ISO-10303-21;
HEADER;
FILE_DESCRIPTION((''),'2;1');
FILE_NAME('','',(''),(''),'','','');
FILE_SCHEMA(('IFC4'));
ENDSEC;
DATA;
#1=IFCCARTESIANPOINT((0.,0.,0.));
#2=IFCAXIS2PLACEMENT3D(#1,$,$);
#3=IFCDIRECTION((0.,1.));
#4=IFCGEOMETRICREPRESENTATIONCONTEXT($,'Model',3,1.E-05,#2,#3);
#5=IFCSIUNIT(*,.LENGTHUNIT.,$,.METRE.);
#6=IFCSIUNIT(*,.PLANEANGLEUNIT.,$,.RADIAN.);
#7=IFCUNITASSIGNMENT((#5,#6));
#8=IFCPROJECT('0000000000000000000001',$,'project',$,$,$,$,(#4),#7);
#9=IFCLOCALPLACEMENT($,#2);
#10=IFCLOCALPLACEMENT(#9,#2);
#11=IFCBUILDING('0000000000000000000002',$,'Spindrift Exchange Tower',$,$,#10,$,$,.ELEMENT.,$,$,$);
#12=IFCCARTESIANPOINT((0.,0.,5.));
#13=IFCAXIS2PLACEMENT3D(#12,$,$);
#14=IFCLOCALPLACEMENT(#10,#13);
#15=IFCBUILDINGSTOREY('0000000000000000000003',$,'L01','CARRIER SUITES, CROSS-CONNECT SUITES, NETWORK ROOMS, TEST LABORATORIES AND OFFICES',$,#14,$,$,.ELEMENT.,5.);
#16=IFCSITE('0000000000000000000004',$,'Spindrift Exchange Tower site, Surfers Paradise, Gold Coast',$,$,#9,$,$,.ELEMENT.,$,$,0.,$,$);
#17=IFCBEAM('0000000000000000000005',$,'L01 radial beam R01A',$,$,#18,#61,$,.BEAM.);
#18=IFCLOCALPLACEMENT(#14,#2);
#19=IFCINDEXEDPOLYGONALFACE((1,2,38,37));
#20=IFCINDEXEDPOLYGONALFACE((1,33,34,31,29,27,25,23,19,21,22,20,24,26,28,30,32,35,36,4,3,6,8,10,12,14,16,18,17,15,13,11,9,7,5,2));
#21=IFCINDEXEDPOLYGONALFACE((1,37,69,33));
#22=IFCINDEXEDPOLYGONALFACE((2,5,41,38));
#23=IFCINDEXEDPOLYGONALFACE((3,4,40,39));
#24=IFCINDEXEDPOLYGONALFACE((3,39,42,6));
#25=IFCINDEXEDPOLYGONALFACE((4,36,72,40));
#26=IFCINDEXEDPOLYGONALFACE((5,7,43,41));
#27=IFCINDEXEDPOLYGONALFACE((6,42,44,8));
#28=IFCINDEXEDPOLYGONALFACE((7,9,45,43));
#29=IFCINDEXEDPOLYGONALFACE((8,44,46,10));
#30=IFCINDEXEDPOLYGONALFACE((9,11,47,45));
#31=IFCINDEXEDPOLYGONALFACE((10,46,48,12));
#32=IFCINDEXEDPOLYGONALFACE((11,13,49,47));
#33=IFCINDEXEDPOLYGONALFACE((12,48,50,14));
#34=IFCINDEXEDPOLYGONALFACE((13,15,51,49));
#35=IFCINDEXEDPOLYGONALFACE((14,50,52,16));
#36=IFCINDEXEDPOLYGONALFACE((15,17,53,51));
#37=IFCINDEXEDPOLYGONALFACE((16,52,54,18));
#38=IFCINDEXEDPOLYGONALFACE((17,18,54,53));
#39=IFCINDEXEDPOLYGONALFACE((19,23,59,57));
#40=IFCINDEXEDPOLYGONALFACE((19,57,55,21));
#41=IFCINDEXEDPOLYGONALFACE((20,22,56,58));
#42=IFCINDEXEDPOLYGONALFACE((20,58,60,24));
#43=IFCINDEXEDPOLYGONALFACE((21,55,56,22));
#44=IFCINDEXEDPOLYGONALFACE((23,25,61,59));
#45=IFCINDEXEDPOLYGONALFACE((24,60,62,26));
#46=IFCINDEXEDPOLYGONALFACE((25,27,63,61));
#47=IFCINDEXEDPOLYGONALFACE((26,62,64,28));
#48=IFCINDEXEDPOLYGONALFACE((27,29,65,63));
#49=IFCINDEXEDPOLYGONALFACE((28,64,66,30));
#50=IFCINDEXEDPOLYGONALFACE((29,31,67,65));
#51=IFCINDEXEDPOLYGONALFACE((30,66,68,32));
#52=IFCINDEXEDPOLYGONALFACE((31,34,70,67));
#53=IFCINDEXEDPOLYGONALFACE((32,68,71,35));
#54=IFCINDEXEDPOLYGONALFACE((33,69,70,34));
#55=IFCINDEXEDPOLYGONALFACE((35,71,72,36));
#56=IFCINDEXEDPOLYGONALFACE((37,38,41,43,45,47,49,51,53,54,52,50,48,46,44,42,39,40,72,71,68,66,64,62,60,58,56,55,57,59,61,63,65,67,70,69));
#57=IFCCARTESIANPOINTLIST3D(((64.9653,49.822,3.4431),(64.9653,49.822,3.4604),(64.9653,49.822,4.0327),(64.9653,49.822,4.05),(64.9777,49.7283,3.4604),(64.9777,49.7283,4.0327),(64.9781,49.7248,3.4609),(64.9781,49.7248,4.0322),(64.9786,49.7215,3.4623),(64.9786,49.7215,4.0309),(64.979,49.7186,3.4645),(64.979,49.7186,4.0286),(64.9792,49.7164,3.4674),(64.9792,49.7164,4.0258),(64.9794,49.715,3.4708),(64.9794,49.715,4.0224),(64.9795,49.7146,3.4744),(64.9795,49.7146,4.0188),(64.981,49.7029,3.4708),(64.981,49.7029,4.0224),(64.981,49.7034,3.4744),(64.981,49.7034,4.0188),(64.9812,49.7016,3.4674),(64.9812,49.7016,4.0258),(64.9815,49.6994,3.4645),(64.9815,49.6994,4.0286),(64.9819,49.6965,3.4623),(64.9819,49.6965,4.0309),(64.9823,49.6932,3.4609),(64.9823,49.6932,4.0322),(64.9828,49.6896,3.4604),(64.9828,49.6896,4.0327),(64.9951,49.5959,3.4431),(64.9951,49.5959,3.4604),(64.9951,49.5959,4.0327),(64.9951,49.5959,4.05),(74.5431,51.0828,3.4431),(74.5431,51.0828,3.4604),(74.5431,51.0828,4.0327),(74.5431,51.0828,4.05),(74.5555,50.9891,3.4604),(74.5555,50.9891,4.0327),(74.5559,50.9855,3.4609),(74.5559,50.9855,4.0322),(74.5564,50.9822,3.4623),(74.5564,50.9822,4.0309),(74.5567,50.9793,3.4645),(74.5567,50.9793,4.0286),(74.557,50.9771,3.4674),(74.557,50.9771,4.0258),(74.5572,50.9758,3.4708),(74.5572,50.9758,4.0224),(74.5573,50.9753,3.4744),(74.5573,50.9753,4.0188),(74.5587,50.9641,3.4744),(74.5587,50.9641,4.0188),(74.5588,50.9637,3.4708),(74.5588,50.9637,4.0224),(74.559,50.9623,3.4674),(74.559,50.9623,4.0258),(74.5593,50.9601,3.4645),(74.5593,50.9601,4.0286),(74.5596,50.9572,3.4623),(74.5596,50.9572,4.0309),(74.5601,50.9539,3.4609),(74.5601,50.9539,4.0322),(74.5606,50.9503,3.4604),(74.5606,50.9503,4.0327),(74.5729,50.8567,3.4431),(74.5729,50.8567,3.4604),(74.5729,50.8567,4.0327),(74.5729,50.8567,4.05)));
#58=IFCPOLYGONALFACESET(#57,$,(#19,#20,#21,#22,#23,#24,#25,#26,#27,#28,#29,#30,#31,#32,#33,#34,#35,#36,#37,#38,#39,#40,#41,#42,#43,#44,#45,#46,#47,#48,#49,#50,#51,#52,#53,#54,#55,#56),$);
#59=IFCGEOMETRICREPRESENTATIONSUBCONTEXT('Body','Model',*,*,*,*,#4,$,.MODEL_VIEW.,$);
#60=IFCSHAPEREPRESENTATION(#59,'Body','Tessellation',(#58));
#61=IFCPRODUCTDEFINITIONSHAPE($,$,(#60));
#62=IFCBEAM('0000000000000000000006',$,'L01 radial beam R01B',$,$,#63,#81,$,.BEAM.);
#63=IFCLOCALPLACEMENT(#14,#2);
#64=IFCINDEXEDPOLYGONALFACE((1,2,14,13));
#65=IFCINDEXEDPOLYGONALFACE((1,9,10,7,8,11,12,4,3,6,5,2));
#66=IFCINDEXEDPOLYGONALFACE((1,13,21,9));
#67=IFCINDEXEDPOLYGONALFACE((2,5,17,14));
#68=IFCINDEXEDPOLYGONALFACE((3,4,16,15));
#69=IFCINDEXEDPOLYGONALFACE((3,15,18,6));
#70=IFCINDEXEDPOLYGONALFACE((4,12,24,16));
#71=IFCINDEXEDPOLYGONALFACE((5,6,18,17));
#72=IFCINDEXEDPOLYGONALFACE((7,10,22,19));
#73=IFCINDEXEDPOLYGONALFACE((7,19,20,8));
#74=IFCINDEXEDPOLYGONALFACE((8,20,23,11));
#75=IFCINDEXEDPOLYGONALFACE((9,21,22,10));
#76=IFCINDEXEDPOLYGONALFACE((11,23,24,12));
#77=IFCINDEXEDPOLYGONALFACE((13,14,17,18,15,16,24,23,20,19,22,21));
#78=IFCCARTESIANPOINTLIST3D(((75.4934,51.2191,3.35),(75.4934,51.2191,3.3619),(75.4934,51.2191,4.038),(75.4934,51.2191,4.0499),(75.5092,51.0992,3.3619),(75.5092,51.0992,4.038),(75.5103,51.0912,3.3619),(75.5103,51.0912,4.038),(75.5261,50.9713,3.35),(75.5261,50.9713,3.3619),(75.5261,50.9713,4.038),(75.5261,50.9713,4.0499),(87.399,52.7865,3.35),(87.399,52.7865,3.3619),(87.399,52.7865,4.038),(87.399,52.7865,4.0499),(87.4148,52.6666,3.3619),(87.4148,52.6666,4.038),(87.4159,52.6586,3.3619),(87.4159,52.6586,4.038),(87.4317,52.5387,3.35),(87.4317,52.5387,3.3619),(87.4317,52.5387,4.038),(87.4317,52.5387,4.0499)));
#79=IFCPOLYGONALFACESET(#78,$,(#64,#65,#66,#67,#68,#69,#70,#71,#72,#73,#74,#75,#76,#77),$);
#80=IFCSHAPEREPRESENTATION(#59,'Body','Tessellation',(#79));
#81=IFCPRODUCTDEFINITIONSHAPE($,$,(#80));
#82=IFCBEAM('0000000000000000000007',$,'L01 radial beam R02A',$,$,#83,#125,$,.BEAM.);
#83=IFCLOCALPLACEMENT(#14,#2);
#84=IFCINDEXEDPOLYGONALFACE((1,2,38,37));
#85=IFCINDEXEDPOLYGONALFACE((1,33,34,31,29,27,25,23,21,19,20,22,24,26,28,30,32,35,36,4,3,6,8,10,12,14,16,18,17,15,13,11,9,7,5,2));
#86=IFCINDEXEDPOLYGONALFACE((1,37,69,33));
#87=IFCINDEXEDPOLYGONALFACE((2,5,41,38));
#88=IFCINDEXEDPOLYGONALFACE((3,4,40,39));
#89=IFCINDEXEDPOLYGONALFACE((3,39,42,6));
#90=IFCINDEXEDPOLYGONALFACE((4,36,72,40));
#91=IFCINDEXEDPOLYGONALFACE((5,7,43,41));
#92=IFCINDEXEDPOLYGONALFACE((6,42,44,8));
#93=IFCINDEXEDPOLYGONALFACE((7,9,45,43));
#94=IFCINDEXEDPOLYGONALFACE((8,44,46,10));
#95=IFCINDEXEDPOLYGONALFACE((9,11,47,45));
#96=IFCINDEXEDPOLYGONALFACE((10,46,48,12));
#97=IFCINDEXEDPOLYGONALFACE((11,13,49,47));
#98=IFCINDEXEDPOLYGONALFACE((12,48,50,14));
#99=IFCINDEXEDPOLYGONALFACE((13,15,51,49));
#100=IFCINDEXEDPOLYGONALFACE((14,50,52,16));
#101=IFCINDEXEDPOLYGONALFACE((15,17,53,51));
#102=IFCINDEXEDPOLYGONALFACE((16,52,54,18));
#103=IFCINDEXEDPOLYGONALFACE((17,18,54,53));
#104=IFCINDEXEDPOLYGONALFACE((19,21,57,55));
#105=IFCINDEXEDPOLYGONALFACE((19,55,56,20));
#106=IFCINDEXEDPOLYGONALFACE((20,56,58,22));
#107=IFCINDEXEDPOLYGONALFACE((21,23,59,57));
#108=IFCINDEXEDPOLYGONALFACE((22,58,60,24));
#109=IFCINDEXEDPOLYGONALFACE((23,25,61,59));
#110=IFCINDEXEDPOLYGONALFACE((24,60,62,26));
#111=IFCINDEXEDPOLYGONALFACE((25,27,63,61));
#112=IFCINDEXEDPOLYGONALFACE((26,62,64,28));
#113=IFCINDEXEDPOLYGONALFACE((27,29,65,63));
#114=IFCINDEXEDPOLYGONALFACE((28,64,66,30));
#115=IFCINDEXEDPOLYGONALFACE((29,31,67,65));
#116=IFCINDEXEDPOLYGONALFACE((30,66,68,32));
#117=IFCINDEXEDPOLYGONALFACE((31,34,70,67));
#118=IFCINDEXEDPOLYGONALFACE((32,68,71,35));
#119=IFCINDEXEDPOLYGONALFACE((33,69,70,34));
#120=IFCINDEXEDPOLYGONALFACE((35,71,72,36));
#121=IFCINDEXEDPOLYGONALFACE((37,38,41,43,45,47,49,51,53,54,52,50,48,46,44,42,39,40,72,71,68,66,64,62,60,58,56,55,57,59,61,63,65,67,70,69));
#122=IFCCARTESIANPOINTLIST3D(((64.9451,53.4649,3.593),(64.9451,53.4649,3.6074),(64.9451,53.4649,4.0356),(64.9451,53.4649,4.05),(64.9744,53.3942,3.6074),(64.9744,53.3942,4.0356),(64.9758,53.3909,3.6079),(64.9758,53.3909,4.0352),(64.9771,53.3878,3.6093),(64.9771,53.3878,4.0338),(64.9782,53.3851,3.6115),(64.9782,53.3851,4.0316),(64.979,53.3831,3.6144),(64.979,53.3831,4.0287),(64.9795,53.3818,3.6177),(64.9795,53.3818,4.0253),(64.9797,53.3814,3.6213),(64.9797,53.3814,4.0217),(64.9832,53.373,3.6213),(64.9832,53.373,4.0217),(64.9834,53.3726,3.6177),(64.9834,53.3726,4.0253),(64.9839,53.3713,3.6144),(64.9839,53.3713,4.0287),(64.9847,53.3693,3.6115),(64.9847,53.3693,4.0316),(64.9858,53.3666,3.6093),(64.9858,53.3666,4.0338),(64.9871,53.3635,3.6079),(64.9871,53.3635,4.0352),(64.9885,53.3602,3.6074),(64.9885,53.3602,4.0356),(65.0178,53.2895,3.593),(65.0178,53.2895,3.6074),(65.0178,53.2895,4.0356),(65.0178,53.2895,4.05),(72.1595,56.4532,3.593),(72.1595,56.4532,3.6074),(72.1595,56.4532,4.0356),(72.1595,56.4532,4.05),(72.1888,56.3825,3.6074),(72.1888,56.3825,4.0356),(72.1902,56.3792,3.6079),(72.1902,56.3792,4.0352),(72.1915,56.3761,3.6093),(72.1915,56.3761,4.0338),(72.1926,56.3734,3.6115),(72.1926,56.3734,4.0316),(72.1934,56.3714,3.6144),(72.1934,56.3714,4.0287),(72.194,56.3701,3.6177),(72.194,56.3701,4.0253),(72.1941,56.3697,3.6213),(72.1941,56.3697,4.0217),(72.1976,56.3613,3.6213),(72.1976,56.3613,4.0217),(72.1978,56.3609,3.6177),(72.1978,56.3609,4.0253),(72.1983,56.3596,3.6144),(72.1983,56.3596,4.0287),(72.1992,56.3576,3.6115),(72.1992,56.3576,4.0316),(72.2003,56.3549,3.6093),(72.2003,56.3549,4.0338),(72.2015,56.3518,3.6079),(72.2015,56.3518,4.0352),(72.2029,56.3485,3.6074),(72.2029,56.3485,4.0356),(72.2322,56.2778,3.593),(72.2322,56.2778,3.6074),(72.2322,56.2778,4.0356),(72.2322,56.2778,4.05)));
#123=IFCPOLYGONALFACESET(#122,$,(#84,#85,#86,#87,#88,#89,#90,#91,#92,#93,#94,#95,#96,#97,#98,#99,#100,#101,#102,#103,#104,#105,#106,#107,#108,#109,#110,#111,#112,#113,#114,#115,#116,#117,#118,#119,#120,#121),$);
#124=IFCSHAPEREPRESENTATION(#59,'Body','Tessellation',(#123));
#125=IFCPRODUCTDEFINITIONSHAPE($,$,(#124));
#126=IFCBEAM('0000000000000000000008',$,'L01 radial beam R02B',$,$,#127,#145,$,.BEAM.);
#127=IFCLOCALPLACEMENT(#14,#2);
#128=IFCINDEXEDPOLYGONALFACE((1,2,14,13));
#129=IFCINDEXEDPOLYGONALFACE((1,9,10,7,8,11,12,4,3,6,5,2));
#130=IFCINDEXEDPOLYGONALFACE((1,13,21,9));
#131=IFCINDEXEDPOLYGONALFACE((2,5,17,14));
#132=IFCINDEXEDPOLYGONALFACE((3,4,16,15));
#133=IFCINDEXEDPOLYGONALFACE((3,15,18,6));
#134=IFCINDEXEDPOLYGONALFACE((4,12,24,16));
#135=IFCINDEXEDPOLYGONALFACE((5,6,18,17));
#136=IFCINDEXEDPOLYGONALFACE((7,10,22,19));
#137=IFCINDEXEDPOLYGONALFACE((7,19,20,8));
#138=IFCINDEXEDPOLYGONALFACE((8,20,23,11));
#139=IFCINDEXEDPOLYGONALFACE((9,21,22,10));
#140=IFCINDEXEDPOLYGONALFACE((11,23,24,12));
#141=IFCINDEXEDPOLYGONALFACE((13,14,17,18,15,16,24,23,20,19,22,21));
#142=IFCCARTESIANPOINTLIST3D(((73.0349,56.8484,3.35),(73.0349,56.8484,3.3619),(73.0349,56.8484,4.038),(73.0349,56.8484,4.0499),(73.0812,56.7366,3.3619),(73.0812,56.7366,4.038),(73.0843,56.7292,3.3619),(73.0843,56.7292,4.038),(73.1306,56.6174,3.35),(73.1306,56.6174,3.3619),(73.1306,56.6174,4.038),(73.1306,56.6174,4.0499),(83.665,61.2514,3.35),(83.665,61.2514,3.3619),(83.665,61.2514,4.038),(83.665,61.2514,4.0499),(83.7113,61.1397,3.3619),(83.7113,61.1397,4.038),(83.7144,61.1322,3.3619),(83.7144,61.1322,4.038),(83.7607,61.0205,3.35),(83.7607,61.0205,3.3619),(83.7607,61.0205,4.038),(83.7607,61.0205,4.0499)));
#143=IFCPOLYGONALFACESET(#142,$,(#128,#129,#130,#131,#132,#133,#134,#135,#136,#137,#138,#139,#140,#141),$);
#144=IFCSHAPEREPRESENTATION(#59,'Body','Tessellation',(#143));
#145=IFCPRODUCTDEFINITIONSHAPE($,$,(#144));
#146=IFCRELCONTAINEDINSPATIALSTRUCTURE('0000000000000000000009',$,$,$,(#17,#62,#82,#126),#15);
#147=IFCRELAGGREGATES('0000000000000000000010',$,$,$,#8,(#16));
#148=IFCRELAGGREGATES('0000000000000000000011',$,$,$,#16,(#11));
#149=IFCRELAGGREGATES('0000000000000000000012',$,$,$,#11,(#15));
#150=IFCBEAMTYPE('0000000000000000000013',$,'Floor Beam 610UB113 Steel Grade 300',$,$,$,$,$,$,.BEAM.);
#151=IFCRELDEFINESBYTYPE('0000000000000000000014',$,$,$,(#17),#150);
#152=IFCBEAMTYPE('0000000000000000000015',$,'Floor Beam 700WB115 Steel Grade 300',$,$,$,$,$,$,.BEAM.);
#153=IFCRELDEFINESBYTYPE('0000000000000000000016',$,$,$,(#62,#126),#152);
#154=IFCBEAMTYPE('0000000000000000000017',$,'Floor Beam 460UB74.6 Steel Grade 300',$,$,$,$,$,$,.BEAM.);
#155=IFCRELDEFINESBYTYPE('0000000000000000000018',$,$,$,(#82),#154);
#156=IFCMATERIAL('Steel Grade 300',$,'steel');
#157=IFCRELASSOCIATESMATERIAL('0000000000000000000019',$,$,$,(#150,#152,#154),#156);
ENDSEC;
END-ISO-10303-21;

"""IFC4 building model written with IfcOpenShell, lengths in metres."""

from ifc_helpers import new_model, si_unit, direction, frame, origin, origin_2d, place, context, subcontext, project, spatial, i_section, extrude, source, transform, mapped, material, material_profile, profile_set, type_object, element, save


model = new_model("IFC4")

# Units and contexts
model_context = context("Model", 3, precision=1e-05, world=origin(), true_north=direction((0.0, 1.0)))
body_context = subcontext(model_context, "Body", "Model", "MODEL_VIEW")
ifc_project = project(units=[si_unit("LENGTHUNIT", "METRE"), si_unit("PLANEANGLEUNIT", "RADIAN")], contexts=[model_context])

# Site, building, storey
site_placement = place(None, origin())
site = spatial("IfcSite", under=ifc_project, at=site_placement, Name="Spindrift Exchange Tower site, Surfers Paradise, Gold Coast", CompositionType="ELEMENT", RefElevation=0.0)
building_placement = place(site_placement, origin())
building = spatial("IfcBuilding", under=site, at=building_placement, Name="Spindrift Exchange Tower", CompositionType="ELEMENT")
storey_placement = place(building_placement, frame((0.0, 0.0, 5.0)))
storey = spatial("IfcBuildingStorey", under=building, at=storey_placement, Name="L01", Description="CARRIER SUITES, CROSS-CONNECT SUITES, NETWORK ROOMS, TEST LABORATORIES AND OFFICES", CompositionType="ELEMENT", Elevation=5.0)

# Beams
ifc_material_1 = material(Name="Steel Grade 300", Category="steel")
ifc_material_profile_1 = material_profile(ifc_material_1, i_section(OverallWidth=0.228, OverallDepth=0.6069, WebThickness=0.0112, FlangeThickness=0.0173, FilletRadius=0.0139, at=origin_2d()), Name="610UB113")
ifc_profile_set_1 = profile_set([ifc_material_profile_1], Name="Steel Grade 300")
beam_type_1 = type_object("IfcBeamType", Name="Floor Beam 610UB113 Steel Grade 300", PredefinedType="BEAM", material=ifc_profile_set_1)
shared_shape_1 = source(origin(), body_context, "Body", "SweptSolid", [
    extrude(i_section(OverallWidth=0.228, OverallDepth=0.6069, WebThickness=0.0112, FlangeThickness=0.0173, FilletRadius=0.0139, at=origin_2d()), origin(), (0.0, 0.0, 1.0), 9.6604),
])
beam_1_placement = place(storey_placement, frame((64.9802, 49.709, 3.7466), z_axis=(0.991448, 0.130505, 0.0), x_axis=(-0.130505, 0.991448, 0.0)))
element("IfcBeam", 1, at=beam_1_placement, inside=storey, type_object=beam_type_1, Name="L01 radial beam R01A", PredefinedType="BEAM", context=body_context, shape_type="MappedRepresentation", body=[
    mapped(shared_shape_1, transform((0.0, 0.0, 0.0), scale=1.0)),
])
ifc_material_profile_2 = material_profile(ifc_material_1, i_section(OverallWidth=0.25, OverallDepth=0.7, WebThickness=0.0081, FlangeThickness=0.012, at=origin_2d()), Name="700WB115")
ifc_profile_set_2 = profile_set([ifc_material_profile_2], Name="Steel Grade 300")
beam_type_2 = type_object("IfcBeamType", Name="Floor Beam 700WB115 Steel Grade 300", PredefinedType="BEAM", material=ifc_profile_set_2)
shared_shape_2 = source(origin(), body_context, "Body", "SweptSolid", [
    extrude(i_section(OverallWidth=0.25, OverallDepth=0.7, WebThickness=0.0081, FlangeThickness=0.012, at=origin_2d()), origin(), (0.0, 0.0, 1.0), 12.0083),
])
beam_2_placement = place(storey_placement, frame((75.5098, 51.0952, 3.7), z_axis=(0.991445, 0.130526, 0.0), x_axis=(-0.130526, 0.991445, 0.0)))
element("IfcBeam", 2, at=beam_2_placement, inside=storey, type_object=beam_type_2, Name="L01 radial beam R01B", PredefinedType="BEAM", context=body_context, shape_type="MappedRepresentation", body=[
    mapped(shared_shape_2, transform((0.0, 0.0, 0.0), scale=1.0)),
])
ifc_material_profile_3 = material_profile(ifc_material_1, i_section(OverallWidth=0.1899, OverallDepth=0.457, WebThickness=0.009, FlangeThickness=0.0144, FilletRadius=0.0139, at=origin_2d()), Name="460UB74.6")
ifc_profile_set_3 = profile_set([ifc_material_profile_3], Name="Steel Grade 300")
beam_type_3 = type_object("IfcBeamType", Name="Floor Beam 460UB74.6 Steel Grade 300", PredefinedType="BEAM", material=ifc_profile_set_3)
shared_shape_3 = source(origin(), body_context, "Body", "SweptSolid", [
    extrude(i_section(OverallWidth=0.1899, OverallDepth=0.457, WebThickness=0.009, FlangeThickness=0.0144, FilletRadius=0.0139, at=origin_2d()), origin(), (0.0, 0.0, 1.0), 7.8088),
])
beam_3_placement = place(storey_placement, frame((64.9814, 53.3772, 3.8215), z_axis=(0.92388, 0.382683, 0.0), x_axis=(-0.382683, 0.92388, 0.0)))
element("IfcBeam", 3, at=beam_3_placement, inside=storey, type_object=beam_type_3, Name="L01 radial beam R02A", PredefinedType="BEAM", context=body_context, shape_type="MappedRepresentation", body=[
    mapped(shared_shape_3, transform((0.0, 0.0, 0.0), scale=1.0)),
])
shared_shape_4 = source(origin(), body_context, "Body", "SweptSolid", [
    extrude(i_section(OverallWidth=0.25, OverallDepth=0.7, WebThickness=0.0081, FlangeThickness=0.012, at=origin_2d()), origin(), (0.0, 0.0, 1.0), 11.5059),
])
beam_4_placement = place(storey_placement, frame((73.0828, 56.7329, 3.7), z_axis=(0.923882, 0.382678, 0.0), x_axis=(-0.382678, 0.923882, 0.0)))
element("IfcBeam", 4, at=beam_4_placement, inside=storey, type_object=beam_type_2, Name="L01 radial beam R02B", PredefinedType="BEAM", context=body_context, shape_type="MappedRepresentation", body=[
    mapped(shared_shape_4, transform((0.0, 0.0, 0.0), scale=1.0)),
])

save(model, "model.ifc")
